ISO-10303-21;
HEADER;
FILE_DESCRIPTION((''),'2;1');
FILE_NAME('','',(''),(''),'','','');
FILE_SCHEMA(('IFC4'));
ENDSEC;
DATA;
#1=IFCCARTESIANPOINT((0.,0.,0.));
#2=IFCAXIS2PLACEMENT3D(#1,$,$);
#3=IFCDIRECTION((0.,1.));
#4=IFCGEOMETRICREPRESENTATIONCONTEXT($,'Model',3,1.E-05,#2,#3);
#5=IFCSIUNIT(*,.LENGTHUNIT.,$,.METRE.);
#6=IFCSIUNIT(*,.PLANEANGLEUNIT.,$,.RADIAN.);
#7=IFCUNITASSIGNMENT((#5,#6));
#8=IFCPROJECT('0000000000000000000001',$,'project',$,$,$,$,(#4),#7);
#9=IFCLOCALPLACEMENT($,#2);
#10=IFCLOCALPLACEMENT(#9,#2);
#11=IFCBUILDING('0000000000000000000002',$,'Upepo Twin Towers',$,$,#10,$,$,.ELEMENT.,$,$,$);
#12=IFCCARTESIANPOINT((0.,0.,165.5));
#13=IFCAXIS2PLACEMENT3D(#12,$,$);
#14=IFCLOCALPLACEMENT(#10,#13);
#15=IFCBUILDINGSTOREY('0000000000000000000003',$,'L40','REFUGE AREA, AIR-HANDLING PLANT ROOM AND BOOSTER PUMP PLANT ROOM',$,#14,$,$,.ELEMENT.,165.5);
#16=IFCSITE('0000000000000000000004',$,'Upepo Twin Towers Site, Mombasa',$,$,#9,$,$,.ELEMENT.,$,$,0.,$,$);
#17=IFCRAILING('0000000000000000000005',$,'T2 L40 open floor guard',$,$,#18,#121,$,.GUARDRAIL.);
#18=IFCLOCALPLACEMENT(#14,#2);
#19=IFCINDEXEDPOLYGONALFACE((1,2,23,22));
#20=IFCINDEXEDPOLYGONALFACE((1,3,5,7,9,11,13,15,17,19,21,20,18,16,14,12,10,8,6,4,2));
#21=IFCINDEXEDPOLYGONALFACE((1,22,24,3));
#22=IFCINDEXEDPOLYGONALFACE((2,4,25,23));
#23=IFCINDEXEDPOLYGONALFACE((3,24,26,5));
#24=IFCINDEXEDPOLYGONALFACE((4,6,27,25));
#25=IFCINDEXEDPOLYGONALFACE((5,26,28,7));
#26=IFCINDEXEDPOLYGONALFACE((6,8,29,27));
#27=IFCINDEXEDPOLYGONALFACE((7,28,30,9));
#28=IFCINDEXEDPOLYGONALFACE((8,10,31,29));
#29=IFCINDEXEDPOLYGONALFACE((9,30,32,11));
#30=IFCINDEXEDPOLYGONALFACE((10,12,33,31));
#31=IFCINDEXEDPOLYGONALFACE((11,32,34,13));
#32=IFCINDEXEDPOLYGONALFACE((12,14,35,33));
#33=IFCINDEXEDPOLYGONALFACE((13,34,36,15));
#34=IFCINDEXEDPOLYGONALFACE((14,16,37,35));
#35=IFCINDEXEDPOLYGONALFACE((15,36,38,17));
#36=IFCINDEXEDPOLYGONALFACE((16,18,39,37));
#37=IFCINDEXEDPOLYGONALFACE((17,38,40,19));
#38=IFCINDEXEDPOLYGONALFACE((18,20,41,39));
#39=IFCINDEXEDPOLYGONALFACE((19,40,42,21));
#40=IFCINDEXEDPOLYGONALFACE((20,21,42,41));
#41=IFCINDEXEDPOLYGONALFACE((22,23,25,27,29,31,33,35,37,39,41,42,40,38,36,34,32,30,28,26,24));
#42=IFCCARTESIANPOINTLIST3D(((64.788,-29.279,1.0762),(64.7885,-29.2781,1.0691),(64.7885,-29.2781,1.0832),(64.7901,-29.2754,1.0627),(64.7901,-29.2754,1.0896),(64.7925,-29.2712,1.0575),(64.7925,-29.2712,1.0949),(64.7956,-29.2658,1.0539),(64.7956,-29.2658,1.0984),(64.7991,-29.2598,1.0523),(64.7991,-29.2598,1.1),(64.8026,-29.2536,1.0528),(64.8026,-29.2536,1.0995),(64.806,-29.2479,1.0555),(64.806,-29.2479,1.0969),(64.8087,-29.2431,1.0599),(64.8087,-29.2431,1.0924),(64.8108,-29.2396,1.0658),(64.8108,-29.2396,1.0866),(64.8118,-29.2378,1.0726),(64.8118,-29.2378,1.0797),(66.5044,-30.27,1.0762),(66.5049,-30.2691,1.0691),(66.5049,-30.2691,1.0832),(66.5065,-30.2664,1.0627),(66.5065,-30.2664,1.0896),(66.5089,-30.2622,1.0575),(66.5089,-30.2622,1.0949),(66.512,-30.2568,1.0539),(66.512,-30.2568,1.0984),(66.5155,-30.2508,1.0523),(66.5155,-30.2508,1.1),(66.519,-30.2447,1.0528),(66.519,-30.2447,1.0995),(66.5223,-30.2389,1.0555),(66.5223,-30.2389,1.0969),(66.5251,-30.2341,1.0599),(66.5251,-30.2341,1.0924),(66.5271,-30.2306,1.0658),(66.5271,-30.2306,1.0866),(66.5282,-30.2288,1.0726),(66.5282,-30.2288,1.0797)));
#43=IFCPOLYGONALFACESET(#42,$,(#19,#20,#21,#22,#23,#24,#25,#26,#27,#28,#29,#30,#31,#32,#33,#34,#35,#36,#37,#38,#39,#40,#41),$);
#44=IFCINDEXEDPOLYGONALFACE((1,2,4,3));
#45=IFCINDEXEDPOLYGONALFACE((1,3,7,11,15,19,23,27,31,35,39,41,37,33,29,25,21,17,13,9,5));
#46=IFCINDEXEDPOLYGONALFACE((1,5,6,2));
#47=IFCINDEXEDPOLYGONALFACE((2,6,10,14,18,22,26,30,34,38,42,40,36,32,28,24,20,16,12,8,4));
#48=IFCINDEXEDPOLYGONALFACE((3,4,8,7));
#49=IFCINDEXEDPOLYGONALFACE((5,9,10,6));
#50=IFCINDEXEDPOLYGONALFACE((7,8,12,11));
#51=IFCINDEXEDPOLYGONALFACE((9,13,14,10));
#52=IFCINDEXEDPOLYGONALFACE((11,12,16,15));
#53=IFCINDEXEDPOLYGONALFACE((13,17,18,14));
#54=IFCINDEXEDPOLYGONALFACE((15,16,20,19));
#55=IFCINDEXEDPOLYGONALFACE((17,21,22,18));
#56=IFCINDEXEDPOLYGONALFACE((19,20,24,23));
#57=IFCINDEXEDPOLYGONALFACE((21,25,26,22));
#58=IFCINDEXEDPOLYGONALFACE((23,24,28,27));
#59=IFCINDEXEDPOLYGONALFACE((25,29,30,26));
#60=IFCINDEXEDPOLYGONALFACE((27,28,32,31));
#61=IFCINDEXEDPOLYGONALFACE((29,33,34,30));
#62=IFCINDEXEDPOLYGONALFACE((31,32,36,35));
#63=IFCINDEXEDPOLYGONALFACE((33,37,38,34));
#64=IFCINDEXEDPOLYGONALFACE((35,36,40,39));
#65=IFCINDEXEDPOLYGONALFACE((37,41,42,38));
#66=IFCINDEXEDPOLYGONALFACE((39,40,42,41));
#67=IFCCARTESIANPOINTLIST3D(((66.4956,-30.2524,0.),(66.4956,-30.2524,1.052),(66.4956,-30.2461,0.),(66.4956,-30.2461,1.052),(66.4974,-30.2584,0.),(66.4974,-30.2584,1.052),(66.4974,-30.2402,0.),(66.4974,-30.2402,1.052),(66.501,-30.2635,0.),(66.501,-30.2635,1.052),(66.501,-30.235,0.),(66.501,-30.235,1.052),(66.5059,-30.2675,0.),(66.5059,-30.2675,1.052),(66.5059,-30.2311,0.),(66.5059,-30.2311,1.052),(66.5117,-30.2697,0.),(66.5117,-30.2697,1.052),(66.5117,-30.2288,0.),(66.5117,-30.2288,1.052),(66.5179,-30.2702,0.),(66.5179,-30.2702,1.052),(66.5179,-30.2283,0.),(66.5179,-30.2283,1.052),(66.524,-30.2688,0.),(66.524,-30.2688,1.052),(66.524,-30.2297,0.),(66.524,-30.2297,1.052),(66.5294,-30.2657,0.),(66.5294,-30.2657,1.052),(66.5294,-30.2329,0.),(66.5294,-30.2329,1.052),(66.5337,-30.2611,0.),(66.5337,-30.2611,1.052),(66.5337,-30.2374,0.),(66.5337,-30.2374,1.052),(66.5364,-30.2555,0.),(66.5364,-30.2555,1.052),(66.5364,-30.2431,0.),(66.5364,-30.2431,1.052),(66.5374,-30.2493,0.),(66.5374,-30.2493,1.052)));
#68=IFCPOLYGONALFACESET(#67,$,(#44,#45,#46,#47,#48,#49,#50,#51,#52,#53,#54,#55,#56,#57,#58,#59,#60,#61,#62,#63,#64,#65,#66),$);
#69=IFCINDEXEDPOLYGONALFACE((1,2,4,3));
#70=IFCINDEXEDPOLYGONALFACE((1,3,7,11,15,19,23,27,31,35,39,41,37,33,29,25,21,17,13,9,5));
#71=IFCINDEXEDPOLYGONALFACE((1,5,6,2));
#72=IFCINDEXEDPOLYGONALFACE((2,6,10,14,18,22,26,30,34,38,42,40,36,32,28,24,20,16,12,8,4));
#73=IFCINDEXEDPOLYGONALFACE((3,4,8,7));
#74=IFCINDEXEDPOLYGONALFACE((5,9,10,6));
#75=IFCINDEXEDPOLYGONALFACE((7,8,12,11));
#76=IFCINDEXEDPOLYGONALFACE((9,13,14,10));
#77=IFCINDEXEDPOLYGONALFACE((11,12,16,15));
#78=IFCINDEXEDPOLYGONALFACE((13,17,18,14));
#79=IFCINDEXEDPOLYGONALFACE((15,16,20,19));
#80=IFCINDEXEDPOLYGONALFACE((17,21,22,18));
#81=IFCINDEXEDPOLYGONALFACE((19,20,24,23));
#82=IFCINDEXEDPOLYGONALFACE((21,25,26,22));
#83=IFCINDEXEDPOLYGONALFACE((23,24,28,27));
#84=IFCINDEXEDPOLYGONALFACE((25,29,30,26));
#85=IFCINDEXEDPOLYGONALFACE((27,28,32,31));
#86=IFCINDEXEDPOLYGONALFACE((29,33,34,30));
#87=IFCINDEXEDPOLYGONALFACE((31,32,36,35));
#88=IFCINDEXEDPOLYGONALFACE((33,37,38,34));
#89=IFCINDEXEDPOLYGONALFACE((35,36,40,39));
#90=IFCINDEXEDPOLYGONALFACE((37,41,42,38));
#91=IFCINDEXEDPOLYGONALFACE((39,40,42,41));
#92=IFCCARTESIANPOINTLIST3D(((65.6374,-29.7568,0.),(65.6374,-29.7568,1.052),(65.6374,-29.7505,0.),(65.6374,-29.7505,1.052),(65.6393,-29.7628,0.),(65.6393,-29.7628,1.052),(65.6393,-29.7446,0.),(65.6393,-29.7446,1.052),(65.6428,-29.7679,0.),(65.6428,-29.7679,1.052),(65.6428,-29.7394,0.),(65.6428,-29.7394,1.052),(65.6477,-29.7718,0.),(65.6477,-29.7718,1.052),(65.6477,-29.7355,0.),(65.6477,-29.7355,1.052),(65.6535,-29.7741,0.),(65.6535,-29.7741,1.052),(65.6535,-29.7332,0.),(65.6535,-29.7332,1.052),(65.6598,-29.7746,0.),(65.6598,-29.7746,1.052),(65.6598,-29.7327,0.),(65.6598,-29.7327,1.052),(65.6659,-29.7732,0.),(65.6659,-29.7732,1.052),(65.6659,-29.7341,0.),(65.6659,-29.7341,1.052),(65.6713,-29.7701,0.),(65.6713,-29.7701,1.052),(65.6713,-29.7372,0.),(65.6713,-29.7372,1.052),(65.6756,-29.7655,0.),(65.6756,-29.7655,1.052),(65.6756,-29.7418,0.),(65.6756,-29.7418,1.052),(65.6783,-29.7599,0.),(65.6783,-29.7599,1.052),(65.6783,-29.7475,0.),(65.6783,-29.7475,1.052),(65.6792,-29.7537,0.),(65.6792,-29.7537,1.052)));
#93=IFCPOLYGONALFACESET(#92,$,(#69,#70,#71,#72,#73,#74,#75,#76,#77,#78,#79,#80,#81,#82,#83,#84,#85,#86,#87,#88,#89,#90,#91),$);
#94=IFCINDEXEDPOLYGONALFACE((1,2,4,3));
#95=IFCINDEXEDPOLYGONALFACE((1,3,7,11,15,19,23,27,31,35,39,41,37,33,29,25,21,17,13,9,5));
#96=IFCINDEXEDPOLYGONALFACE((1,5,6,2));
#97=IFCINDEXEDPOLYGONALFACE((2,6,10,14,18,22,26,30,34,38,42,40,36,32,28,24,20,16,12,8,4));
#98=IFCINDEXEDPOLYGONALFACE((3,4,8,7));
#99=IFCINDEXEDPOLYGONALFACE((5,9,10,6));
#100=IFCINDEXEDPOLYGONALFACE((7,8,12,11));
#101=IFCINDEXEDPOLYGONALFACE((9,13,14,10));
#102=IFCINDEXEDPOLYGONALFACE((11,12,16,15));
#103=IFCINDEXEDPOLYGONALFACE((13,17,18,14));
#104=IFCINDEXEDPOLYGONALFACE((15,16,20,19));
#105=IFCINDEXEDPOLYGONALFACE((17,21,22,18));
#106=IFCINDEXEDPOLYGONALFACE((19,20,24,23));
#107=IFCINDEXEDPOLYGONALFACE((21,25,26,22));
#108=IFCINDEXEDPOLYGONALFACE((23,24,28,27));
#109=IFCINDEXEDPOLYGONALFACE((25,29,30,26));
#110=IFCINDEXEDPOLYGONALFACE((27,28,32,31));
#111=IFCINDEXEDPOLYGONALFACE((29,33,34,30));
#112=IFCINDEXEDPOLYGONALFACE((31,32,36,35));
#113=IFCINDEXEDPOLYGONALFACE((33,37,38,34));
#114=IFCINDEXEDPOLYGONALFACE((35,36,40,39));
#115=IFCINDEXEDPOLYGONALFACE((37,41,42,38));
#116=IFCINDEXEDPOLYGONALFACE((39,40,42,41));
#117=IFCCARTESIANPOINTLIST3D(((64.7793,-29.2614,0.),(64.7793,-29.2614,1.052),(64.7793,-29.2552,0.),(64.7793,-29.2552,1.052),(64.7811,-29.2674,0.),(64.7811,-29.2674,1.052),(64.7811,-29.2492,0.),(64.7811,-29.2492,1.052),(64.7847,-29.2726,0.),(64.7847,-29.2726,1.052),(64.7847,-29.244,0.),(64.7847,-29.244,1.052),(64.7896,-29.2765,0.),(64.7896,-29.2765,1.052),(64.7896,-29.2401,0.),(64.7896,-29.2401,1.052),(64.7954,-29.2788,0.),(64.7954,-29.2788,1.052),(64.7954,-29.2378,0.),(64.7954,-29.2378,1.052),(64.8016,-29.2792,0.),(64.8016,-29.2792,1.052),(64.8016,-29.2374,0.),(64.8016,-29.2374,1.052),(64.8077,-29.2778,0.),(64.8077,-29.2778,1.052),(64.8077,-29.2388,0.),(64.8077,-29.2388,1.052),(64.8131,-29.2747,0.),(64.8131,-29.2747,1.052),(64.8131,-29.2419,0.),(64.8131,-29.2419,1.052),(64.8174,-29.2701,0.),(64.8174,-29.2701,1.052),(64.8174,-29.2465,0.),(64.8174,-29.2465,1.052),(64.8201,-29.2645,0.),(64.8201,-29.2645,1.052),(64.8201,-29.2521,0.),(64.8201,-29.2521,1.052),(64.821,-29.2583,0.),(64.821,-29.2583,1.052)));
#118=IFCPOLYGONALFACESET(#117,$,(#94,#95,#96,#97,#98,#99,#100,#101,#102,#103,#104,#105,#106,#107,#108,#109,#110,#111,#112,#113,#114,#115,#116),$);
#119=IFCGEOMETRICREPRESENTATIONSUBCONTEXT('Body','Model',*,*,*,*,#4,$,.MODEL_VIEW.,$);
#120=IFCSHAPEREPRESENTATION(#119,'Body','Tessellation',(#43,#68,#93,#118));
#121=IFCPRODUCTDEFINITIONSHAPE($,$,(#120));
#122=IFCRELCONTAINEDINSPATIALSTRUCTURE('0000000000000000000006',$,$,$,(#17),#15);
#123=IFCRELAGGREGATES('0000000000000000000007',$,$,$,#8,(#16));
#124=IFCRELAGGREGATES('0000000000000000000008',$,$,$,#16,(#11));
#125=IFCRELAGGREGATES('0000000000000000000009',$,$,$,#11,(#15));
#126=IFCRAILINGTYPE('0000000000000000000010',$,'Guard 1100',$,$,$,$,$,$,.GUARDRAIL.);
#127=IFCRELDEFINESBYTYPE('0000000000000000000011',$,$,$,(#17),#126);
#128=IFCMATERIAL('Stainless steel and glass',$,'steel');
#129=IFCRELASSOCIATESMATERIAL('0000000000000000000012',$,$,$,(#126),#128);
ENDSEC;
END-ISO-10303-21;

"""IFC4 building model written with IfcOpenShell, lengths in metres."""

from ifc_helpers import new_model, si_unit, direction, frame, origin, origin_2d, place, context, subcontext, project, spatial, circle, extrude, material, type_object, element, save


model = new_model("IFC4")

# Units and contexts
model_context = context("Model", 3, precision=1e-05, world=origin(), true_north=direction((0.0, 1.0)))
body_context = subcontext(model_context, "Body", "Model", "MODEL_VIEW")
ifc_project = project(units=[si_unit("LENGTHUNIT", "METRE"), si_unit("PLANEANGLEUNIT", "RADIAN")], contexts=[model_context])

# Site, building, storey
site_placement = place(None, origin())
site = spatial("IfcSite", under=ifc_project, at=site_placement, Name="Upepo Twin Towers Site, Mombasa", CompositionType="ELEMENT", RefElevation=0.0)
building_placement = place(site_placement, origin())
building = spatial("IfcBuilding", under=site, at=building_placement, Name="Upepo Twin Towers", CompositionType="ELEMENT")
storey_placement = place(building_placement, frame((0.0, 0.0, 165.5)))
storey = spatial("IfcBuildingStorey", under=building, at=storey_placement, Name="L40", Description="REFUGE AREA, AIR-HANDLING PLANT ROOM AND BOOSTER PUMP PLANT ROOM", CompositionType="ELEMENT", Elevation=165.5)

# Railing
ifc_material_1 = material(Name="Stainless steel and glass", Category="steel")
railing_type = type_object("IfcRailingType", Name="Guard 1100", PredefinedType="GUARDRAIL", material=ifc_material_1)
railing_placement = place(storey_placement, frame((66.5164, -30.2493, 0.0)))
element("IfcRailing", 1, at=railing_placement, inside=storey, type_object=railing_type, Name="T2 L40 open floor guard", PredefinedType="GUARDRAIL", context=body_context, shape_type="SweptSolid", body=[
    extrude(circle(Radius=0.0239, at=origin_2d()), frame((0.0, 0.0, 1.0762), z_axis=(-0.866013, 0.500021, 0.0), x_axis=(-0.500021, -0.866013, 0.0)), (0.0, 0.0, 1.0), 1.9819),
    extrude(circle(Radius=0.021, at=origin_2d()), origin(), (0.0, 0.0, 1.0), 1.052),
    extrude(circle(Radius=0.021, at=origin_2d()), frame((-0.8582, 0.4956, 0.0)), (0.0, 0.0, 1.0), 1.052),
    extrude(circle(Radius=0.021, at=origin_2d()), frame((-1.7163, 0.991, 0.0)), (0.0, 0.0, 1.0), 1.052),
])

save(model, "model.ifc")
